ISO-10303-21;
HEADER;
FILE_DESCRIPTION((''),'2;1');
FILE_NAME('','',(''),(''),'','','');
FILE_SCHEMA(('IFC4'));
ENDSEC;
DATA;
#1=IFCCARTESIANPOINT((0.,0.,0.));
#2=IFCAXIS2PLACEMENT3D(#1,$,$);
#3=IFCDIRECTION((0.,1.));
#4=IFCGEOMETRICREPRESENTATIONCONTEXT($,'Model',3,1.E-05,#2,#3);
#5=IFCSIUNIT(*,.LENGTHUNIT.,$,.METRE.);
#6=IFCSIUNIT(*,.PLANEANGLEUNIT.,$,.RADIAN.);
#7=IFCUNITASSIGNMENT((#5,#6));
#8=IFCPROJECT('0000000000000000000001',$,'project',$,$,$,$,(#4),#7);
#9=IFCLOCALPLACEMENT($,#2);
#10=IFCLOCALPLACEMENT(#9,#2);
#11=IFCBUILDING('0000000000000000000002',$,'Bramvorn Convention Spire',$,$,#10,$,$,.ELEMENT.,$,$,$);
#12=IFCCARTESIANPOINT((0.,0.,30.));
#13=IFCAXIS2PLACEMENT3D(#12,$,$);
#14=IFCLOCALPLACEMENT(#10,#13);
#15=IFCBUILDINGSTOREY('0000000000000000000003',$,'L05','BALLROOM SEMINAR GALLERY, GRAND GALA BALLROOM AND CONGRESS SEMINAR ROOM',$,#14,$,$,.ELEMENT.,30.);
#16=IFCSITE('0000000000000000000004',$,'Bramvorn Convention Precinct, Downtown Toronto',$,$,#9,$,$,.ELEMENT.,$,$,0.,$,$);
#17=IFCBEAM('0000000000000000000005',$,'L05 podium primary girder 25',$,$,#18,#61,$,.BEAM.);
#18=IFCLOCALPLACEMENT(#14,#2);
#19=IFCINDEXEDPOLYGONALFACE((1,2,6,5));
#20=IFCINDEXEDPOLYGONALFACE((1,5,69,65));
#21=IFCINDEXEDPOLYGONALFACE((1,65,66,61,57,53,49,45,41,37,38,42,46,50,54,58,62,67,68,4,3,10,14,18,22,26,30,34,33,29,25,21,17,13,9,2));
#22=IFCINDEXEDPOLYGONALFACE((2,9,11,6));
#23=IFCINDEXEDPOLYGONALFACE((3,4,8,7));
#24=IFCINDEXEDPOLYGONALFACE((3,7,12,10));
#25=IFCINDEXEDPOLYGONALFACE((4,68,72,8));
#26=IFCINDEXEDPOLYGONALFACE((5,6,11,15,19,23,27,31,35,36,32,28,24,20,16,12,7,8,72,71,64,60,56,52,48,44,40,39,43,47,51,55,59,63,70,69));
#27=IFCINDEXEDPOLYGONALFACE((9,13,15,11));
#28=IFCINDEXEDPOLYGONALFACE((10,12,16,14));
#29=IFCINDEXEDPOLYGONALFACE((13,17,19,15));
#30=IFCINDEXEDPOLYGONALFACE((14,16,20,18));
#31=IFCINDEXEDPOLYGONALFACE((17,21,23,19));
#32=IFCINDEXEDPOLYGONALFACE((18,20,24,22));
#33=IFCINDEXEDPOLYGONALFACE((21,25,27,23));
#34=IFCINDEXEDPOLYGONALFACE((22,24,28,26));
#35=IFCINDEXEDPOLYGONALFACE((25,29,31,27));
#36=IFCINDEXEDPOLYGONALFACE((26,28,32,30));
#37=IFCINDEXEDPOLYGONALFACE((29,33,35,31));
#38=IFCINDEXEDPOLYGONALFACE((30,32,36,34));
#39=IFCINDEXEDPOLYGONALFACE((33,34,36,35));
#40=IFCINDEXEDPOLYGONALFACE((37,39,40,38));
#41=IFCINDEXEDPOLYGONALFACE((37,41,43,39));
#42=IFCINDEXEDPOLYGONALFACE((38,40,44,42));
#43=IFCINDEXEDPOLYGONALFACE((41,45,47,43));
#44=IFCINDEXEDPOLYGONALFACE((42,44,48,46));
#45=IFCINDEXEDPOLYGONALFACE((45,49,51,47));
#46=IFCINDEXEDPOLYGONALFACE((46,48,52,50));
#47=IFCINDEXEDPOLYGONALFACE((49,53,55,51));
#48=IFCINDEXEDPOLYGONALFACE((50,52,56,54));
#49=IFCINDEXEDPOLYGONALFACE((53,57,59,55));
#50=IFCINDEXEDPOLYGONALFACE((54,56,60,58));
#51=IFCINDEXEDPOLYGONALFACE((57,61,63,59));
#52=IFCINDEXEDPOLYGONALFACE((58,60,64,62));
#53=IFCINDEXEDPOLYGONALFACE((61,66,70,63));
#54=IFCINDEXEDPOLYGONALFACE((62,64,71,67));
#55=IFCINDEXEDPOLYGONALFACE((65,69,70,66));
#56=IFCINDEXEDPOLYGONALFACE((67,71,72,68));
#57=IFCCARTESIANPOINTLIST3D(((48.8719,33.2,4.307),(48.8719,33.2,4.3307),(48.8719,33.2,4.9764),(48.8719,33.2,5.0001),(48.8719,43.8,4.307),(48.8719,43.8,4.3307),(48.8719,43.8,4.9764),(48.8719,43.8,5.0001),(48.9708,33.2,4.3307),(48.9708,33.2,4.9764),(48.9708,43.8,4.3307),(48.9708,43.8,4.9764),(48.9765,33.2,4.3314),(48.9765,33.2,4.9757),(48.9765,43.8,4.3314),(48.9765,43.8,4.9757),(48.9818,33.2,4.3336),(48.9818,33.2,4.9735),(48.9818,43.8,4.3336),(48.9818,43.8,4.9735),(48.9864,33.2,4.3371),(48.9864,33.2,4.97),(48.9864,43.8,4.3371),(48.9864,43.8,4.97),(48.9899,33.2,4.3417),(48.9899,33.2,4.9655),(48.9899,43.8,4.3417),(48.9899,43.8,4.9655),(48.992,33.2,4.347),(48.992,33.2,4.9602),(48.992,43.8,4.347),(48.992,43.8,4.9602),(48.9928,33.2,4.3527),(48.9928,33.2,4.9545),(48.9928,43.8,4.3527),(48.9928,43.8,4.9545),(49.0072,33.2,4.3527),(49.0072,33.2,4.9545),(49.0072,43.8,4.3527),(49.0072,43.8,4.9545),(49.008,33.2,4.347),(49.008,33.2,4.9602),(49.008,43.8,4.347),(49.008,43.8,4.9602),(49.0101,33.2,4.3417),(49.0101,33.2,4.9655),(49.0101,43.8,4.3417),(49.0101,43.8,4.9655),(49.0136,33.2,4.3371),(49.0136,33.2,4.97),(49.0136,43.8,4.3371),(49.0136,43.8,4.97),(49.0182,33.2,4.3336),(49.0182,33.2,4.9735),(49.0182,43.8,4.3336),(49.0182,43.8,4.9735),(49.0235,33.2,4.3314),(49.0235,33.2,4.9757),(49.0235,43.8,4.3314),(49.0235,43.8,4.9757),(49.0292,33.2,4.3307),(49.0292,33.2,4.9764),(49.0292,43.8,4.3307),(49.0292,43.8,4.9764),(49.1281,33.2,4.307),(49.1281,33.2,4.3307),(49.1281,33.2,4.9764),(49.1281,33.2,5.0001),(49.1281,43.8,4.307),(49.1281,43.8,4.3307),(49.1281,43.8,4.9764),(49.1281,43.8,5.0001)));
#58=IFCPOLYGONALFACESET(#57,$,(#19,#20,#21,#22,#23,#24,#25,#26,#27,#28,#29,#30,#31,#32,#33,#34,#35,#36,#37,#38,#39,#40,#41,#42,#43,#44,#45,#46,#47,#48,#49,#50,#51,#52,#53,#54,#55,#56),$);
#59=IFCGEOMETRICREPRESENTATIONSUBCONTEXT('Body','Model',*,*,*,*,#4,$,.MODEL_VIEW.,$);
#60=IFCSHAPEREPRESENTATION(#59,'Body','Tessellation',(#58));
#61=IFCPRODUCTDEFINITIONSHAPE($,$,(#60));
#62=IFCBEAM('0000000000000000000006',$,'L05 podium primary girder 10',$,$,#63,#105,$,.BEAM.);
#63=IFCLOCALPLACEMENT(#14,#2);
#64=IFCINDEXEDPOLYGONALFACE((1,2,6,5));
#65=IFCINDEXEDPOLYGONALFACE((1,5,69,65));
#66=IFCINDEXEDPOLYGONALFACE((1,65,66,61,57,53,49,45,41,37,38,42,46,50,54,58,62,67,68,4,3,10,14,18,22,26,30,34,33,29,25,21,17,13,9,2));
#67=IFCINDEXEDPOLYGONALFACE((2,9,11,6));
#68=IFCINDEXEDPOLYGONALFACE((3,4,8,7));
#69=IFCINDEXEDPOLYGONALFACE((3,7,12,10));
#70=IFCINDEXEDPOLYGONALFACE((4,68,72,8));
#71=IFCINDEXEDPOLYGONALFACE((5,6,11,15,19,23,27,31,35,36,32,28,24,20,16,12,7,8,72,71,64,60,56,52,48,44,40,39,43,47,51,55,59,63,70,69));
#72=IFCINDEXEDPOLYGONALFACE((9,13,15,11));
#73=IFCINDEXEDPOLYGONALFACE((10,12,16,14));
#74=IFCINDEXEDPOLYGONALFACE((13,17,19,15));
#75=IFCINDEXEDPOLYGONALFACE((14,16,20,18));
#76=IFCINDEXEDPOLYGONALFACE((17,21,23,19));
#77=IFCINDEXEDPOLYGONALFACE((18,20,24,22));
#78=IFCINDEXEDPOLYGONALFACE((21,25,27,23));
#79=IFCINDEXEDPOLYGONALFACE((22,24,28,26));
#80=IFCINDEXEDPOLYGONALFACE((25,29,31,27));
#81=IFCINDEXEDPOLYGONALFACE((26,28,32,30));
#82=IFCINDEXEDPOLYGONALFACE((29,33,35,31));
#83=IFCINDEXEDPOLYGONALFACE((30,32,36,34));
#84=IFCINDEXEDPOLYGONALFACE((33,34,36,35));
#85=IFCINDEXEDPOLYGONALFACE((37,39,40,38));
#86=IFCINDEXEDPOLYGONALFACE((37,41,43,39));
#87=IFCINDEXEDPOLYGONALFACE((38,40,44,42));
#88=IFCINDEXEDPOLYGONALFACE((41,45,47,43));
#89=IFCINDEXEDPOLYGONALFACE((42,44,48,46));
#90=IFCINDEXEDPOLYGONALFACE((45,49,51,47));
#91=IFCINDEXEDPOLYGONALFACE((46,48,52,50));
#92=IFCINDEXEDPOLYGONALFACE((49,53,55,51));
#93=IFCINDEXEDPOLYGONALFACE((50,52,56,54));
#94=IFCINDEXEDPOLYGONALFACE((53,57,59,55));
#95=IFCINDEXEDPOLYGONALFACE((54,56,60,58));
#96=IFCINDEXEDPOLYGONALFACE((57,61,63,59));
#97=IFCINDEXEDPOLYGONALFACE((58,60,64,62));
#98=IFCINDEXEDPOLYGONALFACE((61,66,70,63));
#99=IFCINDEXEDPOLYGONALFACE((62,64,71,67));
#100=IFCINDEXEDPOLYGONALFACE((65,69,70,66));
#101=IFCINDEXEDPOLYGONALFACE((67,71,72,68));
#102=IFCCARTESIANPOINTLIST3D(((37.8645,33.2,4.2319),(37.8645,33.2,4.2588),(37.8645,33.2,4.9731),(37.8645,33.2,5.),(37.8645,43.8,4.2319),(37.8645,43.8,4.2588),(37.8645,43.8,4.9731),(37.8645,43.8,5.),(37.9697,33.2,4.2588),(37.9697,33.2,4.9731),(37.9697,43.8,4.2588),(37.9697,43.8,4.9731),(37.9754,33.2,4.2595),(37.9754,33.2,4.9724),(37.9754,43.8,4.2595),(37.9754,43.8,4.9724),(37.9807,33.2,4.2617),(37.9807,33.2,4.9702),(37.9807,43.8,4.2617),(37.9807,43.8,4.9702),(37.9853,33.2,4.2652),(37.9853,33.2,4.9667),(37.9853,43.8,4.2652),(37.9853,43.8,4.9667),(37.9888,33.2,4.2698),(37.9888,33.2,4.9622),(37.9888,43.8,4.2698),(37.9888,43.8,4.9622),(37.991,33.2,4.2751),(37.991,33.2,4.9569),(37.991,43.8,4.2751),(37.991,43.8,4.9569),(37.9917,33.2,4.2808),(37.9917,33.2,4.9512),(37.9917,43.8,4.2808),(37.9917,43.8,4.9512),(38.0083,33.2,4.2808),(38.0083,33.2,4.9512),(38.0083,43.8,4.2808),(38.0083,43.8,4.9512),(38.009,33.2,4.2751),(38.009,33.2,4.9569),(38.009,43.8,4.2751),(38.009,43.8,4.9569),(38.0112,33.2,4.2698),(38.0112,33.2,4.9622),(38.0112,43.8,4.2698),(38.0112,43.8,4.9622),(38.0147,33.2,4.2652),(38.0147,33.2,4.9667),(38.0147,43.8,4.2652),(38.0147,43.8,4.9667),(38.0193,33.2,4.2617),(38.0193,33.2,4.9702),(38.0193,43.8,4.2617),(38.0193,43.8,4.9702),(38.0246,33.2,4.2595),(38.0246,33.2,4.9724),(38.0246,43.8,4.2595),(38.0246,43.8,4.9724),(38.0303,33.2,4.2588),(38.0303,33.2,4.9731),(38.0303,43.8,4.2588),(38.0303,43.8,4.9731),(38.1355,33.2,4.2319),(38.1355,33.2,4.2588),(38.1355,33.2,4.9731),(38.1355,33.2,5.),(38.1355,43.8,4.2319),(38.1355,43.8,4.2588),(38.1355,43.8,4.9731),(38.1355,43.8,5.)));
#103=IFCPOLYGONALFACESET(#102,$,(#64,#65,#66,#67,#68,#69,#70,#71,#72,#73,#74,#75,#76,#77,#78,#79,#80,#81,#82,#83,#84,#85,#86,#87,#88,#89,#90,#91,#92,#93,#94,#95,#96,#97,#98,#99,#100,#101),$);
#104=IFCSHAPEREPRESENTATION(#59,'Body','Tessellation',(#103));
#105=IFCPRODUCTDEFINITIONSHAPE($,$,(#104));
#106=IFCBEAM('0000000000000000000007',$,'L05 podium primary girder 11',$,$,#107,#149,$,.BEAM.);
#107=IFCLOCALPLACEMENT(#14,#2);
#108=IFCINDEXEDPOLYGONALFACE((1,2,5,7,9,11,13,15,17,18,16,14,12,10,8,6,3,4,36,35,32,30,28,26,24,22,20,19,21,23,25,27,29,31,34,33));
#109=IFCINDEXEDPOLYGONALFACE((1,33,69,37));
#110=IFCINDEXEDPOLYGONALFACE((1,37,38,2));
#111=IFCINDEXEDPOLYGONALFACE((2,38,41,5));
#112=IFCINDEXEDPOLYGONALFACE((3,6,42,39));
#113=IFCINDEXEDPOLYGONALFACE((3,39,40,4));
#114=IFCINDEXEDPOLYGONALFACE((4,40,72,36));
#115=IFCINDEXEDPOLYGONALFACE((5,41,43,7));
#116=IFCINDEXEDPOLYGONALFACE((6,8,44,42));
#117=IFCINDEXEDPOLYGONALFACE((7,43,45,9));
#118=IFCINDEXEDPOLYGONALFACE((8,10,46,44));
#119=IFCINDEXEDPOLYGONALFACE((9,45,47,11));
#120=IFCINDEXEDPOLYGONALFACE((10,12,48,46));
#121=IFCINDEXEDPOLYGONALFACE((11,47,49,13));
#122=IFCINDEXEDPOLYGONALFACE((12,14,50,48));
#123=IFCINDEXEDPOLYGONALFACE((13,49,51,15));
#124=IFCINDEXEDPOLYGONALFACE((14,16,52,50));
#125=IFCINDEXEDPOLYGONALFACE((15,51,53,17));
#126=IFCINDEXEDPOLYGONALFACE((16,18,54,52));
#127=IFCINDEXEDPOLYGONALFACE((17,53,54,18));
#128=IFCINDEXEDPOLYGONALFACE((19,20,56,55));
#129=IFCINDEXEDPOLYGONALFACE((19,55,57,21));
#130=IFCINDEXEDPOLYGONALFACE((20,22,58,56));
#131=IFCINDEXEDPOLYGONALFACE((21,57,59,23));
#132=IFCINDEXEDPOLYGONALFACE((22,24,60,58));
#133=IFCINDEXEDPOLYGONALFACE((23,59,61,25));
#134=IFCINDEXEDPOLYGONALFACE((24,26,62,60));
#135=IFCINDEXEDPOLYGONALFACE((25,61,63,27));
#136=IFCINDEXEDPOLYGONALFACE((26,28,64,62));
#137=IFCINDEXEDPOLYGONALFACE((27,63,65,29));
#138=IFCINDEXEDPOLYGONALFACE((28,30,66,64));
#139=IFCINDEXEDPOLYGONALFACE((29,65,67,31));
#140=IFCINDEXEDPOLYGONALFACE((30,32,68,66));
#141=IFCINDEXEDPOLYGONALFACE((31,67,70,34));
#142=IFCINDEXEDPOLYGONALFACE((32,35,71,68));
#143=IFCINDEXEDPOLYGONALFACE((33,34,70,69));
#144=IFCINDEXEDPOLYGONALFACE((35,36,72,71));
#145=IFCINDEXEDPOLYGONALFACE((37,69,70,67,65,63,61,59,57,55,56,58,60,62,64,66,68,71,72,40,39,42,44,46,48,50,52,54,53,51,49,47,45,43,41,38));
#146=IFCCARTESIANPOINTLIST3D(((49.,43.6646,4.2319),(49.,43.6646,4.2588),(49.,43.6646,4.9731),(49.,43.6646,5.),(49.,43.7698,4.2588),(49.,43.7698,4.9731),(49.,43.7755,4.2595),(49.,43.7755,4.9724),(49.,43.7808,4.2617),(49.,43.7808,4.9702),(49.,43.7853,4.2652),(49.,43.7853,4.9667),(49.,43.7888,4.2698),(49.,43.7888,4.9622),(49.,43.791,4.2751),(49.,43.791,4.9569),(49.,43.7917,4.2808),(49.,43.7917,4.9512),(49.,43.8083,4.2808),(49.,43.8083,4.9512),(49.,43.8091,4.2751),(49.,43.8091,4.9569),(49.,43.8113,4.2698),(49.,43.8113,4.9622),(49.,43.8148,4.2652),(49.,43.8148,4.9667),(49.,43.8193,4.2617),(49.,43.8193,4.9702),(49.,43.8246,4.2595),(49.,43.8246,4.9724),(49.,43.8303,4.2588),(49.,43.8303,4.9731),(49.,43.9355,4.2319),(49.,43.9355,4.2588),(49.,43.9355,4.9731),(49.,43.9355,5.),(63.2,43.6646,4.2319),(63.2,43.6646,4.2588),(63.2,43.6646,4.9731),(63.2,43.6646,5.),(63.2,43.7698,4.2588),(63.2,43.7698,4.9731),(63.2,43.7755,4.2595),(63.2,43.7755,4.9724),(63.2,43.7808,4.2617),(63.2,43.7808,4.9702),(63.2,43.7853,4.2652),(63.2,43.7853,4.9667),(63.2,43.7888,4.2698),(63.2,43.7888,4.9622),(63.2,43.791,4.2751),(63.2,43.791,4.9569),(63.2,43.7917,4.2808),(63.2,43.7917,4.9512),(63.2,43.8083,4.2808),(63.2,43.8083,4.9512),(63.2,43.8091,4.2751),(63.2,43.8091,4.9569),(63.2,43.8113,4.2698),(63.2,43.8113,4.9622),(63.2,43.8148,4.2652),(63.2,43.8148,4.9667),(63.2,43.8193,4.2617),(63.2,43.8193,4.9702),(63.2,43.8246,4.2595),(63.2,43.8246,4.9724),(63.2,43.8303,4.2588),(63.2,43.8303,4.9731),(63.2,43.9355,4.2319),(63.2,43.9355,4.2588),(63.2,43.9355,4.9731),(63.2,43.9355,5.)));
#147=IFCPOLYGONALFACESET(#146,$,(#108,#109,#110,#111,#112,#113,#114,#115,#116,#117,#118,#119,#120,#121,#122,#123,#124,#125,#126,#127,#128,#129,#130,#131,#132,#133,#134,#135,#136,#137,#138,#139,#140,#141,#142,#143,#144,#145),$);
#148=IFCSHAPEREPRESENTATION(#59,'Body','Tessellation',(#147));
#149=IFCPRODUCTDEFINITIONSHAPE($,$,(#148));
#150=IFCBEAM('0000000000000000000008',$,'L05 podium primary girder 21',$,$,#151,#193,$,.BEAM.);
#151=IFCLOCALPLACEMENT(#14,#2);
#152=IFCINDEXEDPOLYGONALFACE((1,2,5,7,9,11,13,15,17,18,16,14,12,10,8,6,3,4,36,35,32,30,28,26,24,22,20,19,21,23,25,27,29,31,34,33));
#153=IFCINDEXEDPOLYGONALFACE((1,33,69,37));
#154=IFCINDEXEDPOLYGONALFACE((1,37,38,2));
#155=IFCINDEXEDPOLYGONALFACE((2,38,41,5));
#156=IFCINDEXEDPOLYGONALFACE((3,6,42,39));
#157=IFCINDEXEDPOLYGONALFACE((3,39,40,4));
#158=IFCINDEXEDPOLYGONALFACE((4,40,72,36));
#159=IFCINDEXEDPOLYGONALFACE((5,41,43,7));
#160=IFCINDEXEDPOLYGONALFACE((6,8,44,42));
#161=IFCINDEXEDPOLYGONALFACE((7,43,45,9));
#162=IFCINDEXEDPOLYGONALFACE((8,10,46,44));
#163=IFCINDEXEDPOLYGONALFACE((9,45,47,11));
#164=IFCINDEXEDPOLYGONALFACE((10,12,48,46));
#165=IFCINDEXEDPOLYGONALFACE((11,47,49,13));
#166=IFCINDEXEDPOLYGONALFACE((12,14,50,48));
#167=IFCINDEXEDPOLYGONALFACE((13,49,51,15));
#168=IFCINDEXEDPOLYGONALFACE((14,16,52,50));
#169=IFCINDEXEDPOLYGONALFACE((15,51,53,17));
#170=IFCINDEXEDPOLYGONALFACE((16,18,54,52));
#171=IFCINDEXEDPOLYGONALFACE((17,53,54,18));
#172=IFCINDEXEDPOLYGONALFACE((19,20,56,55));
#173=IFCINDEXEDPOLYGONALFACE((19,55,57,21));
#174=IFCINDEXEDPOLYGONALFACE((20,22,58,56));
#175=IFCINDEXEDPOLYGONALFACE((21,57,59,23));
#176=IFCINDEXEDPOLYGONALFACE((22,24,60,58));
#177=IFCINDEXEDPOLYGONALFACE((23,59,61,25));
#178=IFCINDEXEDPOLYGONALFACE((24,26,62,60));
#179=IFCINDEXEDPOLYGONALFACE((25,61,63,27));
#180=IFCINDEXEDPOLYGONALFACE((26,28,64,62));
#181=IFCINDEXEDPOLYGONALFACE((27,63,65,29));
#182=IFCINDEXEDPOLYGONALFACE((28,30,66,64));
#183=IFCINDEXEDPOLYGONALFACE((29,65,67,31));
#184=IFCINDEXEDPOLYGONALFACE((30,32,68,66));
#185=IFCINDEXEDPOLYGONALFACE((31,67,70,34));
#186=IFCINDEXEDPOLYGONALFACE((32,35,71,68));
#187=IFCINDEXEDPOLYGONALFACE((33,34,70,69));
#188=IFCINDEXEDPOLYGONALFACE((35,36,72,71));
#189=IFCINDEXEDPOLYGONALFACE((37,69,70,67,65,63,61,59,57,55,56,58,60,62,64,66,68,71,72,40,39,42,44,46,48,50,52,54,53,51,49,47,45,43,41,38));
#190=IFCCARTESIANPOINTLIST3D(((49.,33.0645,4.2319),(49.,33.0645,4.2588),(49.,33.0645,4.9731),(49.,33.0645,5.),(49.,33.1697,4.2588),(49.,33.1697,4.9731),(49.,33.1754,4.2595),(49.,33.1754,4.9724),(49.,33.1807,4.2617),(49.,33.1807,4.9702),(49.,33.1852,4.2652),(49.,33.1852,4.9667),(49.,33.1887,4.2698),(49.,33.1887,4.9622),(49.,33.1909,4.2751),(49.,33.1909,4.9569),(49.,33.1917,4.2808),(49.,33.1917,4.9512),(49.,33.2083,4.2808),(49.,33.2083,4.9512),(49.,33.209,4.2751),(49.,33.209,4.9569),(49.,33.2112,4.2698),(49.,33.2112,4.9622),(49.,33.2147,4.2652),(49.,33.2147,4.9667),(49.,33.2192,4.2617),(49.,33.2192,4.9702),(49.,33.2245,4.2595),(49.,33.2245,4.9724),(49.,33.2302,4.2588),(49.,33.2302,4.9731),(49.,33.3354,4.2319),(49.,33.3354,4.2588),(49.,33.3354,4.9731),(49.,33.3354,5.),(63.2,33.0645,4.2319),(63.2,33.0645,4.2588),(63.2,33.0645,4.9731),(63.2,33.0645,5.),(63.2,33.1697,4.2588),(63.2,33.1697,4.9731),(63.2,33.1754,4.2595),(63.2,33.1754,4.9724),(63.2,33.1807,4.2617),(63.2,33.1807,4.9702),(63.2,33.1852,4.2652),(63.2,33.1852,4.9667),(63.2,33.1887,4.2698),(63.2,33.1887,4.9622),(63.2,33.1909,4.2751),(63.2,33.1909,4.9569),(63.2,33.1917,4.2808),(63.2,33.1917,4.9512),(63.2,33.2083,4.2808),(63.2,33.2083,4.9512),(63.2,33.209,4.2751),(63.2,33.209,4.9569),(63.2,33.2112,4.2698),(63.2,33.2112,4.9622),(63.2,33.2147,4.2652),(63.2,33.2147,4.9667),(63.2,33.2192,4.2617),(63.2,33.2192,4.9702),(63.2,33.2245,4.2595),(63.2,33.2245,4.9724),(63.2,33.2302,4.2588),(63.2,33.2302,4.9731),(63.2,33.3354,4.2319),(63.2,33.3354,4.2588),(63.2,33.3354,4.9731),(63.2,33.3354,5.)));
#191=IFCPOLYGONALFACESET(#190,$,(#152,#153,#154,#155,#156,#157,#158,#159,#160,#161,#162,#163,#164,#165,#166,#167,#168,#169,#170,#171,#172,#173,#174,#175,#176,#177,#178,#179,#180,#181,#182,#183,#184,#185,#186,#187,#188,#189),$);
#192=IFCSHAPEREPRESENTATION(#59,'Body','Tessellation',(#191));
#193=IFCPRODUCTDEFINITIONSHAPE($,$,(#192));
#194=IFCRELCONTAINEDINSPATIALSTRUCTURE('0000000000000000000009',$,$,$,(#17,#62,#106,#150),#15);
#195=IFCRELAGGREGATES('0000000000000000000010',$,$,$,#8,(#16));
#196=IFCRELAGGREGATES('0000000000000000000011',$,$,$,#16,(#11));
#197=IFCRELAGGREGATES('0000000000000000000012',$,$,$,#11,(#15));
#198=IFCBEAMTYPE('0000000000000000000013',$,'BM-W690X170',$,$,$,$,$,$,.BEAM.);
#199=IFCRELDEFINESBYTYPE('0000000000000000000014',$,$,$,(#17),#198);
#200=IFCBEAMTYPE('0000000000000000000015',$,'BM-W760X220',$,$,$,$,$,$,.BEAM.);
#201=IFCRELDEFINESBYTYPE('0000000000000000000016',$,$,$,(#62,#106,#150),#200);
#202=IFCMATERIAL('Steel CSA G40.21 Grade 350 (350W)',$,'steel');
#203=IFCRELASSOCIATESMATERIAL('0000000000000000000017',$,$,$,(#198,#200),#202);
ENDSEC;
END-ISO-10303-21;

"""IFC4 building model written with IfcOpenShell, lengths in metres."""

from ifc_helpers import new_model, si_unit, direction, frame, origin, origin_2d, place, context, subcontext, project, spatial, i_section, extrude, material, material_profile, profile_set, type_object, element, save


model = new_model("IFC4")

# Units and contexts
model_context = context("Model", 3, precision=1e-05, world=origin(), true_north=direction((0.0, 1.0)))
body_context = subcontext(model_context, "Body", "Model", "MODEL_VIEW")
ifc_project = project(units=[si_unit("LENGTHUNIT", "METRE"), si_unit("PLANEANGLEUNIT", "RADIAN")], contexts=[model_context])

# Site, building, storey
site_placement = place(None, origin())
site = spatial("IfcSite", under=ifc_project, at=site_placement, Name="Bramvorn Convention Precinct, Downtown Toronto", CompositionType="ELEMENT", RefElevation=0.0)
building_placement = place(site_placement, origin())
building = spatial("IfcBuilding", under=site, at=building_placement, Name="Bramvorn Convention Spire", CompositionType="ELEMENT")
storey_placement = place(building_placement, frame((0.0, 0.0, 30.0)))
storey = spatial("IfcBuildingStorey", under=building, at=storey_placement, Name="L05", Description="BALLROOM SEMINAR GALLERY, GRAND GALA BALLROOM AND CONGRESS SEMINAR ROOM", CompositionType="ELEMENT", Elevation=30.0)

# Shared definitions
ifc_material_1 = material(Name="Steel CSA G40.21 Grade 350 (350W)", Category="steel")

# Beams
ifc_material_profile_1 = material_profile(ifc_material_1, i_section(OverallWidth=0.2561, OverallDepth=0.6931, WebThickness=0.0144, FlangeThickness=0.0237, FilletRadius=0.022, at=origin_2d()))
ifc_profile_set_1 = profile_set([ifc_material_profile_1], Name="Steel CSA G40.21 Grade 350 (350W) - W690X170")
beam_type_1 = type_object("IfcBeamType", Name="BM-W690X170", PredefinedType="BEAM", material=ifc_profile_set_1)
beam_1_placement = place(storey_placement, frame((49.0, 33.2, 4.6536), z_axis=(0.0, 1.0, 0.0), x_axis=(-1.0, 0.0, 0.0)))
element("IfcBeam", 1, at=beam_1_placement, inside=storey, type_object=beam_type_1, Name="L05 podium primary girder 25", PredefinedType="BEAM", context=body_context, shape_type="SweptSolid", body=[
    extrude(i_section(OverallWidth=0.2561, OverallDepth=0.6931, WebThickness=0.0144, FlangeThickness=0.0237, FilletRadius=0.022, at=origin_2d()), origin(), (0.0, 0.0, 1.0), 10.6001),
])
ifc_material_profile_2 = material_profile(ifc_material_1, i_section(OverallWidth=0.271, OverallDepth=0.7681, WebThickness=0.0166, FlangeThickness=0.0269, FilletRadius=0.022, at=origin_2d()))
ifc_profile_set_2 = profile_set([ifc_material_profile_2], Name="Steel CSA G40.21 Grade 350 (350W) - W760X220")
beam_type_2 = type_object("IfcBeamType", Name="BM-W760X220", PredefinedType="BEAM", material=ifc_profile_set_2)
beam_2_placement = place(storey_placement, frame((38.0, 33.2, 4.616), z_axis=(0.0, 1.0, 0.0), x_axis=(-1.0, 0.0, 0.0)))
element("IfcBeam", 2, at=beam_2_placement, inside=storey, type_object=beam_type_2, Name="L05 podium primary girder 10", PredefinedType="BEAM", context=body_context, shape_type="SweptSolid", body=[
    extrude(i_section(OverallWidth=0.271, OverallDepth=0.7681, WebThickness=0.0166, FlangeThickness=0.0269, FilletRadius=0.022, at=origin_2d()), origin(), (0.0, 0.0, 1.0), 10.6001),
])
for number, where, z_axis, x_axis, name in (
    (3, (49.0, 43.8, 4.616), (1.0, 0.0, 0.0), (0.0, 1.0, 0.0), "L05 podium primary girder 11"),
    (4, (49.0, 33.2, 4.616), (1.0, 0.0, 0.0), (0.0, 1.0, 0.0), "L05 podium primary girder 21"),
):
    element("IfcBeam", number, at=place(storey_placement, frame(where, z_axis=z_axis, x_axis=x_axis)), inside=storey, type_object=beam_type_2, Name=name, PredefinedType="BEAM", context=body_context, shape_type="SweptSolid", body=[
        extrude(i_section(OverallWidth=0.271, OverallDepth=0.7681, WebThickness=0.0166, FlangeThickness=0.0269, FilletRadius=0.022, at=origin_2d()), origin(), (0.0, 0.0, 1.0), 14.2),
    ])

save(model, "model.ifc")
